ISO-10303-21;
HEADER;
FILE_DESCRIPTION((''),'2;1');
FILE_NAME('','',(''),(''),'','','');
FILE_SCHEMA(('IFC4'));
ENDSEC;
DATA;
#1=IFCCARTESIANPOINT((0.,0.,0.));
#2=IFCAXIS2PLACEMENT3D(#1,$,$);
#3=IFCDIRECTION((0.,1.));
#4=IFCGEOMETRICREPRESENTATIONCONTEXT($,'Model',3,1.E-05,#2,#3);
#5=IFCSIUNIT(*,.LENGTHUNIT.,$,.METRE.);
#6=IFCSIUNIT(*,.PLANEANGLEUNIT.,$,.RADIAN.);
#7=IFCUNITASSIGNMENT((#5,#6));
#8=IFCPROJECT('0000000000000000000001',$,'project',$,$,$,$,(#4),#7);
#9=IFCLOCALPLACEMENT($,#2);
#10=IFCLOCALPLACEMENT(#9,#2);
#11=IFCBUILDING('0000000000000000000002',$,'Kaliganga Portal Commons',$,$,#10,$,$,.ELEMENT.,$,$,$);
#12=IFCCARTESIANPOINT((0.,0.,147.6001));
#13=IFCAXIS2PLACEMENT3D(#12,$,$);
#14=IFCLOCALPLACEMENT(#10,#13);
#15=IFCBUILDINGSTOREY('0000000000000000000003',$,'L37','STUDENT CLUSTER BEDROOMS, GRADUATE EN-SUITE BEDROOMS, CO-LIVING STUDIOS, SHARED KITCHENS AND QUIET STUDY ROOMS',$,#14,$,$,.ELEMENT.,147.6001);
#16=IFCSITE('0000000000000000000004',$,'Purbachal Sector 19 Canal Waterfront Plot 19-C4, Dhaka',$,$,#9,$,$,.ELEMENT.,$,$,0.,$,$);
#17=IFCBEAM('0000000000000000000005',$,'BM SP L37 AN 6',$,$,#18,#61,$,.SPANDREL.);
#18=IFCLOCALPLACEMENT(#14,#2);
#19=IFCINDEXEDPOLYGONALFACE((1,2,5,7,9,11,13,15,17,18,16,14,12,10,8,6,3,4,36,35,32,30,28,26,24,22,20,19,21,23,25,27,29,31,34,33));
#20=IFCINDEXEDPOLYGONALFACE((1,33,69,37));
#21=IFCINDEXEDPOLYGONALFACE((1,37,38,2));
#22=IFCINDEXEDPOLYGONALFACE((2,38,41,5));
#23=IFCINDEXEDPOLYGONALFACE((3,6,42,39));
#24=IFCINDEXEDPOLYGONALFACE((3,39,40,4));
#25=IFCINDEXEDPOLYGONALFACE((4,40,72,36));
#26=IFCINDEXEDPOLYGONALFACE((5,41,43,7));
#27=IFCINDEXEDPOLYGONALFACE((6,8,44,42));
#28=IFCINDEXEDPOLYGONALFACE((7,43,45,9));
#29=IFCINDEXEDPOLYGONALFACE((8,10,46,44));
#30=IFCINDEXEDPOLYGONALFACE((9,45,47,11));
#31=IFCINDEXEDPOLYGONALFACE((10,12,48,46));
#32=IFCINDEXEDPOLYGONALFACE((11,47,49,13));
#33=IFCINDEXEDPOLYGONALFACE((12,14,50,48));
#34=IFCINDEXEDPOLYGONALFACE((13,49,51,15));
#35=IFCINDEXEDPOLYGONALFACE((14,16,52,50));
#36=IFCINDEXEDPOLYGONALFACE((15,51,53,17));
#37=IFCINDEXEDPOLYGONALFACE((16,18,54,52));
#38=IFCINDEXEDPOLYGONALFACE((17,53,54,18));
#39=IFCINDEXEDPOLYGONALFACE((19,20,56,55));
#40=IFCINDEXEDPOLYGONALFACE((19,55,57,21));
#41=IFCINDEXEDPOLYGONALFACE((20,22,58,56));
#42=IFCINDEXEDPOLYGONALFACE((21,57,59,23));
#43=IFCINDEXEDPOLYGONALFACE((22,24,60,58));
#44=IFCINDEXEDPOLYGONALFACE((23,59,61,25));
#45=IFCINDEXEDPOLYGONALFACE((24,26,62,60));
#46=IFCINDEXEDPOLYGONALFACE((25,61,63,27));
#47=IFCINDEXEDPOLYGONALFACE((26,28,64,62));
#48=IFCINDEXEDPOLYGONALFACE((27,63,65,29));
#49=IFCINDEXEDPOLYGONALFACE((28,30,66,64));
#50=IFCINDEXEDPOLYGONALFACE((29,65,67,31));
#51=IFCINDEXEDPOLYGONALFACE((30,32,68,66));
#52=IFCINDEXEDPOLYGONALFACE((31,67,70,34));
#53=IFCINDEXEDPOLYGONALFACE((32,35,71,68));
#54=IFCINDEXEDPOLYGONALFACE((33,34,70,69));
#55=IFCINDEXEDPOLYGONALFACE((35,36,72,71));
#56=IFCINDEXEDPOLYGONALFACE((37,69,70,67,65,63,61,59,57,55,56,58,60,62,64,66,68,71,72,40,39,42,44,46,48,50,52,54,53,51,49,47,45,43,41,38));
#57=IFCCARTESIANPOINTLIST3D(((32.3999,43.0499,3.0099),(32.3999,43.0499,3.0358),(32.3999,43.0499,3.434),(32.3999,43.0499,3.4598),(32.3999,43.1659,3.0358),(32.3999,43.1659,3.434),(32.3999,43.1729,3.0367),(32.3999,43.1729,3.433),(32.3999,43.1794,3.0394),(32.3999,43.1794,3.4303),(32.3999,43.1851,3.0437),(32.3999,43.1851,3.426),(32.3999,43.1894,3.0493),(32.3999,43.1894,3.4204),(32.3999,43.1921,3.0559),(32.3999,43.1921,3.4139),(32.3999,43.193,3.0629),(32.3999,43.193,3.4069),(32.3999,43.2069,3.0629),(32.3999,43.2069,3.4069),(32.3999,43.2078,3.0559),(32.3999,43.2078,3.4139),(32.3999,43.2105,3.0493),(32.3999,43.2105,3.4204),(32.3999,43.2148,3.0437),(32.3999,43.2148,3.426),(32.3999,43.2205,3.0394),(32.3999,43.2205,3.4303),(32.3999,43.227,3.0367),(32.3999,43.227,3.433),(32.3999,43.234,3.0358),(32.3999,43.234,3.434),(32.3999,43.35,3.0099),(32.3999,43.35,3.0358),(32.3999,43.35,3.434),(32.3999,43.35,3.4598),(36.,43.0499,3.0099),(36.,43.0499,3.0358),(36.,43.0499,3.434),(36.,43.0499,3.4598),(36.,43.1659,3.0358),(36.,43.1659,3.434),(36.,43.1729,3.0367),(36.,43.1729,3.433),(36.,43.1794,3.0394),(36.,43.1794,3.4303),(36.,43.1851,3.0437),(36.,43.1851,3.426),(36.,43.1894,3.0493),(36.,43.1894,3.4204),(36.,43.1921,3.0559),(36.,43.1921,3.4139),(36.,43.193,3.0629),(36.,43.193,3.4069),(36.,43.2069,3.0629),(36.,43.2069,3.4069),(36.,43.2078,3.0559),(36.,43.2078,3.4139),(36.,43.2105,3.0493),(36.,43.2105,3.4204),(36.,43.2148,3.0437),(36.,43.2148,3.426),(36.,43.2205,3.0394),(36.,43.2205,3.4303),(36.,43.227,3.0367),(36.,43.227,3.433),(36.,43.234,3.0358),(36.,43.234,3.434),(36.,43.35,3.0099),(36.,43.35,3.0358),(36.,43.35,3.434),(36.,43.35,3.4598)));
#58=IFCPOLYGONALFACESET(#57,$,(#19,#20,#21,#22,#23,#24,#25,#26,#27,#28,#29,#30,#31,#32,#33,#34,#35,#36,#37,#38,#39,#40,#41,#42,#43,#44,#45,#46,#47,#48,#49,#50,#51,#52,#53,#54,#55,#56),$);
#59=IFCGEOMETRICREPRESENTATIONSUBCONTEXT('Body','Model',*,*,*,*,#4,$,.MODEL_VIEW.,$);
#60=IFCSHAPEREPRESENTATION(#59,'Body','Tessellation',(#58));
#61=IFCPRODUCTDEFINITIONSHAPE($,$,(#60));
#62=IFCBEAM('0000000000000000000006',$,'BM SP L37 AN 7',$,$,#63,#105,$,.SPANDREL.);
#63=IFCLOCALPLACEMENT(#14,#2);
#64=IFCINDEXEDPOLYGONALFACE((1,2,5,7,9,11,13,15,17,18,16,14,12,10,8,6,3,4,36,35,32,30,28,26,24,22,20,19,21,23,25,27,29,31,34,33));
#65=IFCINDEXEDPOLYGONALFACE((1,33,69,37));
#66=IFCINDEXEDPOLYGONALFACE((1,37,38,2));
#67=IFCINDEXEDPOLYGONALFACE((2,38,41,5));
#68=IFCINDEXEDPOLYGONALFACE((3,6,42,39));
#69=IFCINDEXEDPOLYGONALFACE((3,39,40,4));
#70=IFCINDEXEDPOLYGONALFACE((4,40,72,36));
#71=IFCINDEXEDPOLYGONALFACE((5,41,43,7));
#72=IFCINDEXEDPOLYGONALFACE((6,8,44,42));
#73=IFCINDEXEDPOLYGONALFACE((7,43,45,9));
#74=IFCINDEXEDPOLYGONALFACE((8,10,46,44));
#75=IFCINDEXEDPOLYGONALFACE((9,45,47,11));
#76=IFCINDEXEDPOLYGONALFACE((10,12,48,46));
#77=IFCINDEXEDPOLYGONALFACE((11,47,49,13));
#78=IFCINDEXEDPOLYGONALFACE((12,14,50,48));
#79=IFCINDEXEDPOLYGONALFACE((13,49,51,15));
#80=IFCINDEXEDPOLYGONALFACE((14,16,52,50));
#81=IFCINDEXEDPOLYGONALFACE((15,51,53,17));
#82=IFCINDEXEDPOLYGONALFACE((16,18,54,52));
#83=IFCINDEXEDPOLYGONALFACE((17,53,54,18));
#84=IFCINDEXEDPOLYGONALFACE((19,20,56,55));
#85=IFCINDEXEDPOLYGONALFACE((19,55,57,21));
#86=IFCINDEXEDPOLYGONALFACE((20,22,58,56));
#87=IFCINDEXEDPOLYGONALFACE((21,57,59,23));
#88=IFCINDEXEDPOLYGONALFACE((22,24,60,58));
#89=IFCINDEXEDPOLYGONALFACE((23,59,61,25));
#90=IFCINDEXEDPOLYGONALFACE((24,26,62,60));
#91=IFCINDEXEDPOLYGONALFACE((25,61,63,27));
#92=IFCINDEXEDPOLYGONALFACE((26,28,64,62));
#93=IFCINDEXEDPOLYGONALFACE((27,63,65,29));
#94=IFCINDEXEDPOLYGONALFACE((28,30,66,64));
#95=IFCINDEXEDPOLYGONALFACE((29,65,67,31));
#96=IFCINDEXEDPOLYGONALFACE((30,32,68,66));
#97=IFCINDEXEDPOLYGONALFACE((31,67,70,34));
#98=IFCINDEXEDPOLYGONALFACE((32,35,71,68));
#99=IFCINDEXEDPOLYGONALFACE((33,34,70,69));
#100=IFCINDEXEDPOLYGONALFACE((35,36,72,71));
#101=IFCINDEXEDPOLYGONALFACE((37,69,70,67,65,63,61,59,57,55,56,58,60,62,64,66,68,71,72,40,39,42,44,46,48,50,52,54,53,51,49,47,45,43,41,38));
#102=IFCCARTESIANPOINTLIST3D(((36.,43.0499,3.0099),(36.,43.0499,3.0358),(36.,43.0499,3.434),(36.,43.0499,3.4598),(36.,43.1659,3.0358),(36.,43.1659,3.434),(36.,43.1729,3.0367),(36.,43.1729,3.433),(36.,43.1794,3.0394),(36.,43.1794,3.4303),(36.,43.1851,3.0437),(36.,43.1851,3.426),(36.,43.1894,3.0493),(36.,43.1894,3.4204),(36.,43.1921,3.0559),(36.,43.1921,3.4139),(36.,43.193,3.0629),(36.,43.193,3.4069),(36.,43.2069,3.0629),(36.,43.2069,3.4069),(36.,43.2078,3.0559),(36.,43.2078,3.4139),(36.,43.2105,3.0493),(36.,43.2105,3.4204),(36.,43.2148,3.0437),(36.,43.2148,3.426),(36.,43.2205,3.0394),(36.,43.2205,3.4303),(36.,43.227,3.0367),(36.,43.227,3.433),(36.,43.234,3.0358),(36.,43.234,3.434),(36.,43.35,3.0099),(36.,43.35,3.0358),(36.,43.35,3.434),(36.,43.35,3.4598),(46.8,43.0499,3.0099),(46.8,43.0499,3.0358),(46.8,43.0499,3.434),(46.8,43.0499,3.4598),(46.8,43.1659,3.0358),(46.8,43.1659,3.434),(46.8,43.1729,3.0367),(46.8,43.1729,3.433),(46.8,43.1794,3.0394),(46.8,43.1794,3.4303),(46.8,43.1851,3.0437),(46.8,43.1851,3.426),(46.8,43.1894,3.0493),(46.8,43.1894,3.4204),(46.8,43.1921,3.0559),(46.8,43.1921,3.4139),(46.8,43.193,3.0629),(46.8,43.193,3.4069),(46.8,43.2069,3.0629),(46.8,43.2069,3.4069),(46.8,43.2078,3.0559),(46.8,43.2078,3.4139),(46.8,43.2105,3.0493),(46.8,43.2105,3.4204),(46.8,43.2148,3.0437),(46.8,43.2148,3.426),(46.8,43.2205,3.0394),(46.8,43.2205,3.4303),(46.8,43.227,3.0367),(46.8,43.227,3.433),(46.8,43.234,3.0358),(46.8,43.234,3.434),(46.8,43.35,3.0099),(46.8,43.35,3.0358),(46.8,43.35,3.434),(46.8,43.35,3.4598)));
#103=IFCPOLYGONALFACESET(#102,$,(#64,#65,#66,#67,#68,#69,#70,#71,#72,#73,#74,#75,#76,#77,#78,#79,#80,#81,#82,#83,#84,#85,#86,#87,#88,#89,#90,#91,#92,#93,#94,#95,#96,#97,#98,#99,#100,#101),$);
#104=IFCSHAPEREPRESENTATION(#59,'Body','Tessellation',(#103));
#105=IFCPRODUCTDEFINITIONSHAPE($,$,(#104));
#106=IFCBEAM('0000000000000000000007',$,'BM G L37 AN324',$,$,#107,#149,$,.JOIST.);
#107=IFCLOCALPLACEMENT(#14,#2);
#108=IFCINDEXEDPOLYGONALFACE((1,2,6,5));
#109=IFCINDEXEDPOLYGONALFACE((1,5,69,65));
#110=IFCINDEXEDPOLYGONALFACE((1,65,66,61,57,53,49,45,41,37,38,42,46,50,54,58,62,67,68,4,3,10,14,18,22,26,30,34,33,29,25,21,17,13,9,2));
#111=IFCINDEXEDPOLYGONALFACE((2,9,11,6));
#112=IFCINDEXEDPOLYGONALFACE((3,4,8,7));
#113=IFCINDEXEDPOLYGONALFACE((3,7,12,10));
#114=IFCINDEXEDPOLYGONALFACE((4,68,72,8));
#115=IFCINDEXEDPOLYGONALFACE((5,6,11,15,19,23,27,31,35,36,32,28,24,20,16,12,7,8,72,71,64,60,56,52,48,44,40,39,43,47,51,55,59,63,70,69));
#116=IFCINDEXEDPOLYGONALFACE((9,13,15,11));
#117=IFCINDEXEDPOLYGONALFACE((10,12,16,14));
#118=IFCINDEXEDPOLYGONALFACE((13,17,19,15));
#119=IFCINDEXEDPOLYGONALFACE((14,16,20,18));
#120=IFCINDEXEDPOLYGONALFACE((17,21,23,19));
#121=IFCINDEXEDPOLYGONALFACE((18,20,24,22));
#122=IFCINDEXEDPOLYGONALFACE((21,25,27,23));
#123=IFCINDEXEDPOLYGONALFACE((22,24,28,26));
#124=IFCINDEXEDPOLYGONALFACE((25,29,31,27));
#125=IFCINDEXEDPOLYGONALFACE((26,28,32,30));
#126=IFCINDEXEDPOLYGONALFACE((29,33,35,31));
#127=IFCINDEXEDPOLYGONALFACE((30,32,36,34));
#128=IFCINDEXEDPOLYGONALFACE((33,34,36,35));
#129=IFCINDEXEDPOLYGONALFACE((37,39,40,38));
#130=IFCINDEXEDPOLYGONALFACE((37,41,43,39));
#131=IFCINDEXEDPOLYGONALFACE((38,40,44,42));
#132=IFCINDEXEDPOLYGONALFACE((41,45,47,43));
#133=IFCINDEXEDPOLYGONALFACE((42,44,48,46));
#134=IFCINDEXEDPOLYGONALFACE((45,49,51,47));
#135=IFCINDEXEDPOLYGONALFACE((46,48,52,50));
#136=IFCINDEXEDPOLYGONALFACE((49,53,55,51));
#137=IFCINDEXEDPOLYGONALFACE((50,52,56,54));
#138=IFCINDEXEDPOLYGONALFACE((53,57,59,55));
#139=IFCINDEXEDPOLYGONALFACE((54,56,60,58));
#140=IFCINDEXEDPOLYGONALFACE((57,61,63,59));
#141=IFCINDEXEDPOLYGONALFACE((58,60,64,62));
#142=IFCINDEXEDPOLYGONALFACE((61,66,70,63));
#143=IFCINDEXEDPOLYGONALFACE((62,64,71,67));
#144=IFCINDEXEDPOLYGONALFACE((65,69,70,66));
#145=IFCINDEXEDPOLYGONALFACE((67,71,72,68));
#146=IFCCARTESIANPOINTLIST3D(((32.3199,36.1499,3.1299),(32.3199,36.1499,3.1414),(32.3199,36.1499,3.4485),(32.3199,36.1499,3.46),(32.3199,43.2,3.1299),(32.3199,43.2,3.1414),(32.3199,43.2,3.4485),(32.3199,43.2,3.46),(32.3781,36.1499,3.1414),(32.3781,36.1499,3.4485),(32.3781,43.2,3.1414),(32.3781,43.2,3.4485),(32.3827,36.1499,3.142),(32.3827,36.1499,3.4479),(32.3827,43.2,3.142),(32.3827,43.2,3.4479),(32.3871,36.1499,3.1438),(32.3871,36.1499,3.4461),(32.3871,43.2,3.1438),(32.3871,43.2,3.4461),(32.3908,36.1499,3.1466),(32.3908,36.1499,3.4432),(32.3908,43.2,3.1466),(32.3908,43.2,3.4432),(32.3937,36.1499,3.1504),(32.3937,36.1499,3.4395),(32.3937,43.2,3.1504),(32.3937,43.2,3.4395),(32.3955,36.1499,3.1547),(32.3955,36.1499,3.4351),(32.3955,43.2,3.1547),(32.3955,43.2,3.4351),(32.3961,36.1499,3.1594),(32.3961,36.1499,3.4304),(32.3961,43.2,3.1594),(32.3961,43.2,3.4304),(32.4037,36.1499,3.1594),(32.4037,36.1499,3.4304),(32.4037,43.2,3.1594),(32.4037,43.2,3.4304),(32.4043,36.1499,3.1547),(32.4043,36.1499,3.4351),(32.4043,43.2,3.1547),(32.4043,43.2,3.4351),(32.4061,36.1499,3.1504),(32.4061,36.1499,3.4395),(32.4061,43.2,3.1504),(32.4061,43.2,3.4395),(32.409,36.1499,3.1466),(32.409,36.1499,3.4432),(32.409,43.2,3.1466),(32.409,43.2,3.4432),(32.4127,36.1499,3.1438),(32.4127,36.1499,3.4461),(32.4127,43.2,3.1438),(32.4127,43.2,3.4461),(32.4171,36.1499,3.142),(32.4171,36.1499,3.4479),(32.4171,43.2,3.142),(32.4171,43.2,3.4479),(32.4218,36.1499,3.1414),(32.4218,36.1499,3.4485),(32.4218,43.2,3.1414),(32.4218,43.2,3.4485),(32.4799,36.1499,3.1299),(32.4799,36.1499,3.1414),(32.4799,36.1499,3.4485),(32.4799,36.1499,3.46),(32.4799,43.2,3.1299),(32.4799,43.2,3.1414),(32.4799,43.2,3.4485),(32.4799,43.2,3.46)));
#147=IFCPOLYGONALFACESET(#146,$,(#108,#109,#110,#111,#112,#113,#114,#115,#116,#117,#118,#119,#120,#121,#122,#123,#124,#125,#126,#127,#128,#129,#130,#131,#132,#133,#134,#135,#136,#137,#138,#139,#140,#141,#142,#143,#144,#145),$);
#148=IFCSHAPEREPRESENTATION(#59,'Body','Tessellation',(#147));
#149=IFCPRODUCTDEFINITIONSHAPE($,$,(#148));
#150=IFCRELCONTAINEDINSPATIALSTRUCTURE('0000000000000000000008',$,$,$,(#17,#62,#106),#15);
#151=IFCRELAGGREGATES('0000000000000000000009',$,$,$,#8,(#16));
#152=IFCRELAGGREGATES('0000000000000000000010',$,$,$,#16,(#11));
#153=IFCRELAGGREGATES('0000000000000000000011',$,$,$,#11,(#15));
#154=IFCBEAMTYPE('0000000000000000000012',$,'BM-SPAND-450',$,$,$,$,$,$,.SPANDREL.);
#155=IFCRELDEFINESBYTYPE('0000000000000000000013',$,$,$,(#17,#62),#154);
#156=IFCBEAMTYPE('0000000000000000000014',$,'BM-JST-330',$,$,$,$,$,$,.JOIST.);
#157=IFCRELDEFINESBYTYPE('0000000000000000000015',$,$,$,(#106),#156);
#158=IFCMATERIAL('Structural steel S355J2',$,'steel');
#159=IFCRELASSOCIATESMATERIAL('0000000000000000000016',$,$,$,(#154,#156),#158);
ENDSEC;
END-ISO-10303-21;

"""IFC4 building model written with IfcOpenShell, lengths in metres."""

from ifc_helpers import new_model, si_unit, direction, frame, origin, origin_2d, place, context, subcontext, project, spatial, i_section, extrude, source, transform, mapped, material, material_profile, profile_set, type_object, element, save


model = new_model("IFC4")

# Units and contexts
model_context = context("Model", 3, precision=1e-05, world=origin(), true_north=direction((0.0, 1.0)))
body_context = subcontext(model_context, "Body", "Model", "MODEL_VIEW")
ifc_project = project(units=[si_unit("LENGTHUNIT", "METRE"), si_unit("PLANEANGLEUNIT", "RADIAN")], contexts=[model_context])

# Site, building, storey
site_placement = place(None, origin())
site = spatial("IfcSite", under=ifc_project, at=site_placement, Name="Purbachal Sector 19 Canal Waterfront Plot 19-C4, Dhaka", CompositionType="ELEMENT", RefElevation=0.0)
building_placement = place(site_placement, origin())
building = spatial("IfcBuilding", under=site, at=building_placement, Name="Kaliganga Portal Commons", CompositionType="ELEMENT")
storey_placement = place(building_placement, frame((0.0, 0.0, 147.6001)))
storey = spatial("IfcBuildingStorey", under=building, at=storey_placement, Name="L37", Description="STUDENT CLUSTER BEDROOMS, GRADUATE EN-SUITE BEDROOMS, CO-LIVING STUDIOS, SHARED KITCHENS AND QUIET STUDY ROOMS", CompositionType="ELEMENT", Elevation=147.6001)

# Beams
ifc_material_1 = material(Name="Structural steel S355J2", Category="steel")
ifc_material_profile_1 = material_profile(ifc_material_1, i_section(OverallWidth=0.3, OverallDepth=0.45, WebThickness=0.0139, FlangeThickness=0.0259, FilletRadius=0.0271, at=origin_2d()), Name="HE 450 B")
ifc_profile_set_1 = profile_set([ifc_material_profile_1], Name="Structural steel S355J2 wide-flange")
beam_type_1 = type_object("IfcBeamType", Name="BM-SPAND-450", PredefinedType="SPANDREL", material=ifc_profile_set_1)
shared_shape_1 = source(origin(), body_context, "Body", "SweptSolid", [
    extrude(i_section(OverallWidth=0.3, OverallDepth=0.45, WebThickness=0.0139, FlangeThickness=0.0259, FilletRadius=0.0271, at=origin_2d()), origin(), (0.0, 0.0, 1.0), 3.6001),
])
beam_1_placement = place(storey_placement, frame((32.3999, 43.2, 3.2349), z_axis=(1.0, 0.0, 0.0), x_axis=(0.0, 1.0, 0.0)))
element("IfcBeam", 1, at=beam_1_placement, inside=storey, type_object=beam_type_1, Name="BM SP L37 AN 6", PredefinedType="SPANDREL", context=body_context, shape_type="MappedRepresentation", body=[
    mapped(shared_shape_1, transform((0.0, 0.0, 0.0), x_axis=(1.0, 0.0, 0.0), y_axis=(0.0, 1.0, 0.0), z_axis=(0.0, 0.0, 1.0), scale=1.0)),
])
shared_shape_2 = source(origin(), body_context, "Body", "SweptSolid", [
    extrude(i_section(OverallWidth=0.3, OverallDepth=0.45, WebThickness=0.0139, FlangeThickness=0.0259, FilletRadius=0.0271, at=origin_2d()), origin(), (0.0, 0.0, 1.0), 10.8),
])
beam_2_placement = place(storey_placement, frame((36.0, 43.2, 3.2349), z_axis=(1.0, 0.0, 0.0), x_axis=(0.0, 1.0, 0.0)))
element("IfcBeam", 2, at=beam_2_placement, inside=storey, type_object=beam_type_1, Name="BM SP L37 AN 7", PredefinedType="SPANDREL", context=body_context, shape_type="MappedRepresentation", body=[
    mapped(shared_shape_2, transform((0.0, 0.0, 0.0), x_axis=(1.0, 0.0, 0.0), y_axis=(0.0, 1.0, 0.0), z_axis=(0.0, 0.0, 1.0), scale=1.0)),
])
ifc_material_profile_2 = material_profile(ifc_material_1, i_section(OverallWidth=0.1599, OverallDepth=0.3301, WebThickness=0.0076, FlangeThickness=0.0115, FilletRadius=0.0181, at=origin_2d()), Name="IPE 330")
ifc_profile_set_2 = profile_set([ifc_material_profile_2], Name="Structural steel S355J2 wide-flange")
beam_type_2 = type_object("IfcBeamType", Name="BM-JST-330", PredefinedType="JOIST", material=ifc_profile_set_2)
shared_shape_3 = source(origin(), body_context, "Body", "SweptSolid", [
    extrude(i_section(OverallWidth=0.1599, OverallDepth=0.3301, WebThickness=0.0076, FlangeThickness=0.0115, FilletRadius=0.0181, at=origin_2d()), origin(), (0.0, 0.0, 1.0), 7.05),
])
beam_3_placement = place(storey_placement, frame((32.3999, 36.1499, 3.2949), z_axis=(0.0, 1.0, 0.0), x_axis=(-1.0, 0.0, 0.0)))
element("IfcBeam", 3, at=beam_3_placement, inside=storey, type_object=beam_type_2, Name="BM G L37 AN324", PredefinedType="JOIST", context=body_context, shape_type="MappedRepresentation", body=[
    mapped(shared_shape_3, transform((0.0, 0.0, 0.0), x_axis=(1.0, 0.0, 0.0), y_axis=(0.0, 1.0, 0.0), z_axis=(0.0, 0.0, 1.0), scale=1.0)),
])

save(model, "model.ifc")
